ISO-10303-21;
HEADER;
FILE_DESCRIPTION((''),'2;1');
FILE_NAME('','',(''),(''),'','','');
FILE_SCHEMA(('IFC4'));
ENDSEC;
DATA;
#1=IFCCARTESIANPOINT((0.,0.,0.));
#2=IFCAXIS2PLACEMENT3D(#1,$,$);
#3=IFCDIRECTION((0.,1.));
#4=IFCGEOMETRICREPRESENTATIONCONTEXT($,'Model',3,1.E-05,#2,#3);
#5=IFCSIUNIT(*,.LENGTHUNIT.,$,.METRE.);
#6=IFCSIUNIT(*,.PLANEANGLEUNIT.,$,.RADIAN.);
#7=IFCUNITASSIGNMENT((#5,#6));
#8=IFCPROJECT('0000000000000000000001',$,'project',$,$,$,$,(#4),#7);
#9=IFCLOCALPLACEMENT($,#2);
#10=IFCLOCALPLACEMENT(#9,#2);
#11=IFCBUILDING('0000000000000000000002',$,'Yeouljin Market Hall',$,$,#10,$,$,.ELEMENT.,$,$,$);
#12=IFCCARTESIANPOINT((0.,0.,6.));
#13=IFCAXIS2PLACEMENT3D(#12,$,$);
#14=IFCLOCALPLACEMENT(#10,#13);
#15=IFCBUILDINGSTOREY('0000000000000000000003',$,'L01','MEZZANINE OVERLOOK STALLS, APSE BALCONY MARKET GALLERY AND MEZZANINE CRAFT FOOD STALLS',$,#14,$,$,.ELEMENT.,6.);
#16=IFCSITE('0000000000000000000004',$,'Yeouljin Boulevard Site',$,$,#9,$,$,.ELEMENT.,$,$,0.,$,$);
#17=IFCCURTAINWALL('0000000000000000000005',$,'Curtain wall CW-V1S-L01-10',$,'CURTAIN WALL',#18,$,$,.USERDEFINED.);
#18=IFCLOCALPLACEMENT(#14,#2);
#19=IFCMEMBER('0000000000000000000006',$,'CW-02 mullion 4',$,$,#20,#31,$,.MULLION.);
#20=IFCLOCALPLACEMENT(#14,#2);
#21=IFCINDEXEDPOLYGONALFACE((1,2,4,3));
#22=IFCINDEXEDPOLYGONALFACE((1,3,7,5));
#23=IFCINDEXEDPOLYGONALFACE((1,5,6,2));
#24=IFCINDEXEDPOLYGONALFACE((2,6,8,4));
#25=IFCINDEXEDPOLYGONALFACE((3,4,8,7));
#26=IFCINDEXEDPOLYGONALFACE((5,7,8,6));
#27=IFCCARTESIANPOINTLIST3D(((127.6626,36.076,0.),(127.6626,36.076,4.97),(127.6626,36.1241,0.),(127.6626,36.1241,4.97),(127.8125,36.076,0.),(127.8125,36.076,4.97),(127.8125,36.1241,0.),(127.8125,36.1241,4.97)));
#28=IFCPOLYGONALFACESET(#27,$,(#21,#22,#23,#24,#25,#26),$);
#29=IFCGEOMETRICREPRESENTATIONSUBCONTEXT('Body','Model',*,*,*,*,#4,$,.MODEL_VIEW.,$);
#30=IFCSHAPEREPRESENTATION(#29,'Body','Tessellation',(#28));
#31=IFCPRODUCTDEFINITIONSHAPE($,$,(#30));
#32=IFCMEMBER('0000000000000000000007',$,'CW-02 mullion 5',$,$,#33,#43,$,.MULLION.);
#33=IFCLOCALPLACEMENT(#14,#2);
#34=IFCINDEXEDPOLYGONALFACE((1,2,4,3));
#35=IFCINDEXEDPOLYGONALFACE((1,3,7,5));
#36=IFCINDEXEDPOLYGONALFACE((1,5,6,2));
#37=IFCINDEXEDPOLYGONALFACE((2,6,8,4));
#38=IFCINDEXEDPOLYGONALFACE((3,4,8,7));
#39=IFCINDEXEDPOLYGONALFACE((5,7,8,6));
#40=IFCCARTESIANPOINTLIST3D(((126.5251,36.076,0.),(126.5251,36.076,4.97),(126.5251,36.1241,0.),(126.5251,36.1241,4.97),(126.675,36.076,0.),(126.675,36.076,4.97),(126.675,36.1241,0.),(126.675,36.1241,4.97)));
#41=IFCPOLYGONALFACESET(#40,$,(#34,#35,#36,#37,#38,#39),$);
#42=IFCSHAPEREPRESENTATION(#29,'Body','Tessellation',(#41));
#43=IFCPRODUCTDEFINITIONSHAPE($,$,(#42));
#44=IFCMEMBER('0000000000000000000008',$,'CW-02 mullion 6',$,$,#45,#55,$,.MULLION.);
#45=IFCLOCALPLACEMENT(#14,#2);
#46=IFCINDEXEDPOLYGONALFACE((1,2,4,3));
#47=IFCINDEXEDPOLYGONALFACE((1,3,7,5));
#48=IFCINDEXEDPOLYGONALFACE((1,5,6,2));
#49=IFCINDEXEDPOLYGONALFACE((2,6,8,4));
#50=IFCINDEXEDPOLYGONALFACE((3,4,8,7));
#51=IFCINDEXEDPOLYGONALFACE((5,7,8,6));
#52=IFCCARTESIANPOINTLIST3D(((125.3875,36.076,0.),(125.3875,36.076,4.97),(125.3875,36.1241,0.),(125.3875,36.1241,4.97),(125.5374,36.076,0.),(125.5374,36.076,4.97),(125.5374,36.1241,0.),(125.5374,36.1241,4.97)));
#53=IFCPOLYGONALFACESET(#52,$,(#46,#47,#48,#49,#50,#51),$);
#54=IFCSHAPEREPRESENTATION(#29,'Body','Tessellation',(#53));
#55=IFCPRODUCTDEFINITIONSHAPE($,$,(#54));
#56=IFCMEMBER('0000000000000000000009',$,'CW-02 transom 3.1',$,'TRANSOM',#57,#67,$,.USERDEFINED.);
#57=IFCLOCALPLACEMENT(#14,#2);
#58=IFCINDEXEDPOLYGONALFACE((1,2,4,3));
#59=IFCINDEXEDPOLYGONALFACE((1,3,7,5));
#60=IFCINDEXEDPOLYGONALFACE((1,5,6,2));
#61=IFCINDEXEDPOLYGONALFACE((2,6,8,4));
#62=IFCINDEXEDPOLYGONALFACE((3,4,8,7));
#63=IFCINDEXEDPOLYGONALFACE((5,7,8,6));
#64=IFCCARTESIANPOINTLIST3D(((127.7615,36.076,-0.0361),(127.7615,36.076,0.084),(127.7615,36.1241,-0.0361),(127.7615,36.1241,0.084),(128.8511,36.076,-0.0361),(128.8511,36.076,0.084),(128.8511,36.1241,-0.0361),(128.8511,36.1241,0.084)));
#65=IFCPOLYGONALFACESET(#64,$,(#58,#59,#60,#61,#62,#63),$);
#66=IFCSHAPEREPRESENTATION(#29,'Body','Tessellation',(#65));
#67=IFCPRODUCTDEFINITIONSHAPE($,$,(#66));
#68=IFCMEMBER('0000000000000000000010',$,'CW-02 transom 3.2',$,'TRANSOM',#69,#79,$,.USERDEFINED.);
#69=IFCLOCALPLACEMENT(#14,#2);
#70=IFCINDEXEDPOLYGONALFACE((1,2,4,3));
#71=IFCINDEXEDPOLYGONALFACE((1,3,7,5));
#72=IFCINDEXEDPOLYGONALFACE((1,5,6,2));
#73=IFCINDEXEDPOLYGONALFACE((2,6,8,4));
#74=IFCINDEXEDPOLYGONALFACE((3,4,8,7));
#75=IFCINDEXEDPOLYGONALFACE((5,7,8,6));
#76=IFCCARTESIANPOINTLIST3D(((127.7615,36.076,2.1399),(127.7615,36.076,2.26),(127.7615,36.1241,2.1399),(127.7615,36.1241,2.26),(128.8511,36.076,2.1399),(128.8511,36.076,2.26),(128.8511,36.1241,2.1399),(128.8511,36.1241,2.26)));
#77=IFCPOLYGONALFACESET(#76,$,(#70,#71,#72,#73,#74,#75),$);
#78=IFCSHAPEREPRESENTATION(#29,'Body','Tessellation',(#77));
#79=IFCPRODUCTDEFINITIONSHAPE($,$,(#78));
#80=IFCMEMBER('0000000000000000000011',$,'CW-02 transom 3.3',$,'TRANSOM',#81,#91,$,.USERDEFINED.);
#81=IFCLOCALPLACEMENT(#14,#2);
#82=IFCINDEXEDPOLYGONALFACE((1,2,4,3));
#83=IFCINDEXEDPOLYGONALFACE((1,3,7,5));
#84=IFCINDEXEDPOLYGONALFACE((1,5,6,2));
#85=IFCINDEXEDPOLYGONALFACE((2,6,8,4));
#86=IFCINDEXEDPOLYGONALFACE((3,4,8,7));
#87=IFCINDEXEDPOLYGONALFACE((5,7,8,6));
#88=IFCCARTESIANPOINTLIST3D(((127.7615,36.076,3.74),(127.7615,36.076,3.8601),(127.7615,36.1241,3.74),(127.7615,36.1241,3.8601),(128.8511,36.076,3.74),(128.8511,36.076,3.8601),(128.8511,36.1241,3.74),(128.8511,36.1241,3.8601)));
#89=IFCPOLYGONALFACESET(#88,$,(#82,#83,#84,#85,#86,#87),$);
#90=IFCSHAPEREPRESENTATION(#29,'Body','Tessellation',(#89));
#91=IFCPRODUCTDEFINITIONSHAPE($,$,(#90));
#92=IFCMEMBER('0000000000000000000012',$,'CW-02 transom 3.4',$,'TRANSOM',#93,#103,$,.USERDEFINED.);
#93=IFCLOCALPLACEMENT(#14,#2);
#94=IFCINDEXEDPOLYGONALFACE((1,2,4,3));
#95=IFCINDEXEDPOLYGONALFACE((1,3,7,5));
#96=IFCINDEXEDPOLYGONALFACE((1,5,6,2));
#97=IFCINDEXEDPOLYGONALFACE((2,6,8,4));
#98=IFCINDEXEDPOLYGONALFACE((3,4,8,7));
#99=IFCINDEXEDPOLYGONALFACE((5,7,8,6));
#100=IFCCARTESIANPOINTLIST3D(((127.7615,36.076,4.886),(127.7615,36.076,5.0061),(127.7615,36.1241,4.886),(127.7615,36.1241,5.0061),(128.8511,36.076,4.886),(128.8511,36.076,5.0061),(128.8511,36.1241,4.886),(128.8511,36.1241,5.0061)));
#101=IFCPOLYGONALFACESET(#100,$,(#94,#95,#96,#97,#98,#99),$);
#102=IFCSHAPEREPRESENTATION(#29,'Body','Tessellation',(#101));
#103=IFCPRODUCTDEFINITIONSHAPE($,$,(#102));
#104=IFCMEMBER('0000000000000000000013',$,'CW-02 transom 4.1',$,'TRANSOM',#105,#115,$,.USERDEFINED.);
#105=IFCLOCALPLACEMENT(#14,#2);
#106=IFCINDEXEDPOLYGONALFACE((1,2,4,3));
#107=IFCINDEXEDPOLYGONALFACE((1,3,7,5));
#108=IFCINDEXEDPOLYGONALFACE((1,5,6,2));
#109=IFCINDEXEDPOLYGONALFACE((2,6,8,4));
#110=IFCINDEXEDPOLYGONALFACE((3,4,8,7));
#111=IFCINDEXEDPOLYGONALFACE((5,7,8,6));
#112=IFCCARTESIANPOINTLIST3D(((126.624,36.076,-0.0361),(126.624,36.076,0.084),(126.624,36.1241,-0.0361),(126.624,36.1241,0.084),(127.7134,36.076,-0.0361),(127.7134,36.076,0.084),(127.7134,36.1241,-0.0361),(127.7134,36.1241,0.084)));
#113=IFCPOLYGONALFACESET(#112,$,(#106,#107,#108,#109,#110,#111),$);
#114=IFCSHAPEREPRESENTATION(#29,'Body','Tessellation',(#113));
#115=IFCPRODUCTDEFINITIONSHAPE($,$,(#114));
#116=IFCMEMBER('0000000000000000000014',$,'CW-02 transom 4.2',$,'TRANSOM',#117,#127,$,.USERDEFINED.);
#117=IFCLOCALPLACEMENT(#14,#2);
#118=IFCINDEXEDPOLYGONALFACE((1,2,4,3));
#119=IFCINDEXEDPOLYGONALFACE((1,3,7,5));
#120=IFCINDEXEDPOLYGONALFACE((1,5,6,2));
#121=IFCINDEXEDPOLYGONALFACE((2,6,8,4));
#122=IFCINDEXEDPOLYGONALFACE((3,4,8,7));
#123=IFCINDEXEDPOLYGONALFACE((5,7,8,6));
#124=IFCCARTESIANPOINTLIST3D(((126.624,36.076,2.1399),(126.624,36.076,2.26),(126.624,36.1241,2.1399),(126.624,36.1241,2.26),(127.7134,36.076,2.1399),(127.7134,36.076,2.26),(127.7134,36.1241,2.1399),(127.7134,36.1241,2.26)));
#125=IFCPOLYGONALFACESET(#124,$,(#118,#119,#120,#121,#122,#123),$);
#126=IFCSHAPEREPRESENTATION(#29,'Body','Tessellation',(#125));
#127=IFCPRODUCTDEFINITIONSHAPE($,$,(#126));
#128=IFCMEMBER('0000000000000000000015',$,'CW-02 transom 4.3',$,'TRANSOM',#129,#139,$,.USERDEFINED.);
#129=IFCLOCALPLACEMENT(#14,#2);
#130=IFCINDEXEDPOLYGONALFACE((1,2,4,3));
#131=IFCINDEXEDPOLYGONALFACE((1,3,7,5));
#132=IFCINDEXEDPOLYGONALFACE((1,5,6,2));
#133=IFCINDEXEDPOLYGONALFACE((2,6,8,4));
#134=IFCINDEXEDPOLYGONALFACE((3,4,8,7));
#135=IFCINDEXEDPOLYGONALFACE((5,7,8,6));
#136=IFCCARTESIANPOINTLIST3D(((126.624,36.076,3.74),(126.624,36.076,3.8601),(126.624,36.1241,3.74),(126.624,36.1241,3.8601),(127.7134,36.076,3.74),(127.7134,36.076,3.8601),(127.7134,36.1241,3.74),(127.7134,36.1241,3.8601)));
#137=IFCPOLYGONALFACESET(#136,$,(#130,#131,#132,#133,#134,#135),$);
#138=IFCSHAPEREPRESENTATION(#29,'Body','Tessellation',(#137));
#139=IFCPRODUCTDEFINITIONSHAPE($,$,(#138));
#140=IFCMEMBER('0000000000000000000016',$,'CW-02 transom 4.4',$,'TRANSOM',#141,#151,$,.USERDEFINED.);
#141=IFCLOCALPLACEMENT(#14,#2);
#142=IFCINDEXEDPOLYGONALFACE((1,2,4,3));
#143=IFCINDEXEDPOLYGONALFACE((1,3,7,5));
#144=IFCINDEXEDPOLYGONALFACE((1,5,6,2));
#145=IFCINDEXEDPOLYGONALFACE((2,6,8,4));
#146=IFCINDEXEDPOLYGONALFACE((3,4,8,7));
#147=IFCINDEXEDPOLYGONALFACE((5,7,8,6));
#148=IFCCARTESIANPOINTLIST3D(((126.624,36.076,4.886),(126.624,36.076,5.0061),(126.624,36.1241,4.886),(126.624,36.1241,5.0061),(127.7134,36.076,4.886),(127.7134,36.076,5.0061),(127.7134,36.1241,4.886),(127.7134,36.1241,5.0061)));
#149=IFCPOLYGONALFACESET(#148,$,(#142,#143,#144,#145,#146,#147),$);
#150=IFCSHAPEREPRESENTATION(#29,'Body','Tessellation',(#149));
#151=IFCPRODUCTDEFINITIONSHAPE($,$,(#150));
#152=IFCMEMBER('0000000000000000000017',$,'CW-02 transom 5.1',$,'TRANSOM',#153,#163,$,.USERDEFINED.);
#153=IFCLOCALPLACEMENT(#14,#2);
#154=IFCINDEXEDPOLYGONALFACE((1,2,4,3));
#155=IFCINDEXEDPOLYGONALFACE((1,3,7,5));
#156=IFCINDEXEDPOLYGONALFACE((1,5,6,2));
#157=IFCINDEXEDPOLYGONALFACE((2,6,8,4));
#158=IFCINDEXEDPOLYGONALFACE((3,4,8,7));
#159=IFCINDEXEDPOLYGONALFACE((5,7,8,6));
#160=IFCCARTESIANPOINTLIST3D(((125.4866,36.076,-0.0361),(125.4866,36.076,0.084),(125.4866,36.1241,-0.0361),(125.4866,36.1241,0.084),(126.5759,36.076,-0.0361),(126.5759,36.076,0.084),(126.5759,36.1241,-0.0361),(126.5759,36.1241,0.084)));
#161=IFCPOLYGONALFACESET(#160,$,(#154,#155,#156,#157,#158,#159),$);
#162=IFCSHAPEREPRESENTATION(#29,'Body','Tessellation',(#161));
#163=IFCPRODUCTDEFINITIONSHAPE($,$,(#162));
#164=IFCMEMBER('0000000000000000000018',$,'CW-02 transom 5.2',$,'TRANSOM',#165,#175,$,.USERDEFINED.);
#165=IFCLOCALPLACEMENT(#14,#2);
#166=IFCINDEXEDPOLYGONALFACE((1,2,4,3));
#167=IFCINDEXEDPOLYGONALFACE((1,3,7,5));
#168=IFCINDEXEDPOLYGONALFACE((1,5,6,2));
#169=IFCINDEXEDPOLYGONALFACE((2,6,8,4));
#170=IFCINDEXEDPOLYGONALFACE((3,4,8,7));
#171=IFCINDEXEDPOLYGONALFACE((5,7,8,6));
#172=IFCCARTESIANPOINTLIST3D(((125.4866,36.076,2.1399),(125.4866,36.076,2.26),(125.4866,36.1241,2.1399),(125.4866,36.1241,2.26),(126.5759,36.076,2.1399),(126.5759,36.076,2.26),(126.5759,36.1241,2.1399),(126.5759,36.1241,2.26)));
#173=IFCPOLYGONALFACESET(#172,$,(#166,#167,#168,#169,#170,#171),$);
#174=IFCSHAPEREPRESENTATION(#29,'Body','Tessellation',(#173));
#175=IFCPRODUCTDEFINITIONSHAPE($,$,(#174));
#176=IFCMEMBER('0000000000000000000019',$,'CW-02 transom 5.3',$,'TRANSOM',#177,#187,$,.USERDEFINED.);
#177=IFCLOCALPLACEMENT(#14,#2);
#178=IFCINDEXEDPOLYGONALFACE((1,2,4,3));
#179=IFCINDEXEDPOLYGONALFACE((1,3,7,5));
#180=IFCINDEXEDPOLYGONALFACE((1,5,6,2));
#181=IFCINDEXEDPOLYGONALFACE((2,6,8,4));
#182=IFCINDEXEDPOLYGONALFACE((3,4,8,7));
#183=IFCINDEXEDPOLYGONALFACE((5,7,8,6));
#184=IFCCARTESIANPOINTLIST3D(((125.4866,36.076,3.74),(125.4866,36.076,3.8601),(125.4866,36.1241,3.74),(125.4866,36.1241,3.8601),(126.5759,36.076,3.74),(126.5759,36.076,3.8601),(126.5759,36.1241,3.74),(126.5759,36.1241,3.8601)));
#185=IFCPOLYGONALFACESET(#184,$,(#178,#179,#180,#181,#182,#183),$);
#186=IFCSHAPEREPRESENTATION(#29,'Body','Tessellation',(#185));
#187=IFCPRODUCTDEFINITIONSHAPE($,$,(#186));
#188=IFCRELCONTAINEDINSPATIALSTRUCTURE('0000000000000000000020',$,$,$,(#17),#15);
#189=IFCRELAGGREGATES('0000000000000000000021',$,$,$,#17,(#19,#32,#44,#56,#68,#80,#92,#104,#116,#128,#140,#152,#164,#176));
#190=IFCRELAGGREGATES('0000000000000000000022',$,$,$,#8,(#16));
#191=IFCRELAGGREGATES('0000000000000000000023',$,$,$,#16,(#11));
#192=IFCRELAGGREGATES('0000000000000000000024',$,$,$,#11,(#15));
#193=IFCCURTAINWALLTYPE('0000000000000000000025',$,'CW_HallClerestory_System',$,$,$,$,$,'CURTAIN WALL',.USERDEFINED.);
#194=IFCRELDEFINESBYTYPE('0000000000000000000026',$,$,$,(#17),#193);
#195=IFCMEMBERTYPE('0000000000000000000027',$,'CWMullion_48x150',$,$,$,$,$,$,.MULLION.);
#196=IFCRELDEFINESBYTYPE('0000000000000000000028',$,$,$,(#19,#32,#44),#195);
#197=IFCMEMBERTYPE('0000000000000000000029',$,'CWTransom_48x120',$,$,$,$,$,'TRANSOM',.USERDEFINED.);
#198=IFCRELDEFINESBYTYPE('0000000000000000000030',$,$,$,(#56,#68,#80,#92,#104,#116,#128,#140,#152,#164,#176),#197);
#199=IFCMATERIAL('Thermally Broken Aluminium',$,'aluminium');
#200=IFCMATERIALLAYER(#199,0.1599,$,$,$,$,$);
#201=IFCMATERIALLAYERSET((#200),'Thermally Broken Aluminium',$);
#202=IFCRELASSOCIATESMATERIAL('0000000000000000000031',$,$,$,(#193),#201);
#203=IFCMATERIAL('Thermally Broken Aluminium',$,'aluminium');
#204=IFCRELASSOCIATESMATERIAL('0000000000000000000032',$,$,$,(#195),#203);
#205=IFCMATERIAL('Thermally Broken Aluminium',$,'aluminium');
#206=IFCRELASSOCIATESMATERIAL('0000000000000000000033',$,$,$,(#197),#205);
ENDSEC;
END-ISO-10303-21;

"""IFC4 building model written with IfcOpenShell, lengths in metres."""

from ifc_helpers import new_model, si_unit, direction, frame, origin, origin_2d, place, context, subcontext, project, spatial, rectangle, extrude, material, layer, layer_set, material_profile, profile_set, type_object, element, aggregate, save


model = new_model("IFC4")

# Units and contexts
model_context = context("Model", 3, precision=1e-05, world=origin(), true_north=direction((0.0, 1.0)))
body_context = subcontext(model_context, "Body", "Model", "MODEL_VIEW")
ifc_project = project(units=[si_unit("LENGTHUNIT", "METRE"), si_unit("PLANEANGLEUNIT", "RADIAN")], contexts=[model_context])

# Site, building, storey
site_placement = place(None, origin())
site = spatial("IfcSite", under=ifc_project, at=site_placement, Name="Yeouljin Boulevard Site", CompositionType="ELEMENT", RefElevation=0.0)
building_placement = place(site_placement, origin())
building = spatial("IfcBuilding", under=site, at=building_placement, Name="Yeouljin Market Hall", CompositionType="ELEMENT")
storey_placement = place(building_placement, frame((0.0, 0.0, 6.0)))
storey = spatial("IfcBuildingStorey", under=building, at=storey_placement, Name="L01", Description="MEZZANINE OVERLOOK STALLS, APSE BALCONY MARKET GALLERY AND MEZZANINE CRAFT FOOD STALLS", CompositionType="ELEMENT", Elevation=6.0)

# Curtain wall, members
ifc_material_1 = material(Name="Thermally Broken Aluminium", Category="aluminium")
ifc_layer_1 = layer(ifc_material_1, 0.1599)
ifc_layer_set_1 = layer_set([ifc_layer_1], Name="Thermally Broken Aluminium")
curtain_wall_type = type_object("IfcCurtainWallType", Name="CW_HallClerestory_System", ElementType="CURTAIN WALL", PredefinedType="USERDEFINED", material=ifc_layer_set_1)
curtain_wall_placement = place(storey_placement, origin())
curtain_wall = element("IfcCurtainWall", 1, at=curtain_wall_placement, inside=storey, type_object=curtain_wall_type, Name="Curtain wall CW-V1S-L01-10", ObjectType="CURTAIN WALL", PredefinedType="USERDEFINED")
ifc_material_2 = material(Name="Thermally Broken Aluminium", Category="aluminium")
ifc_material_profile_1 = material_profile(ifc_material_2, rectangle(XDim=0.0481, YDim=0.1499, at=origin_2d()), Name="CW-MULL-48x150")
ifc_profile_set_1 = profile_set([ifc_material_profile_1], Name="Thermally Broken Aluminium")
member_type_1 = type_object("IfcMemberType", Name="CWMullion_48x150", PredefinedType="MULLION", material=ifc_profile_set_1)
member_1_placement = place(storey_placement, frame((127.7375, 36.1001, 0.0), z_axis=(0.0, 0.0, 1.0), x_axis=(0.0, -1.0, 0.0)))
member_1 = element("IfcMember", 2, at=member_1_placement, type_object=member_type_1, Name="CW-02 mullion 4", PredefinedType="MULLION", context=body_context, shape_type="SweptSolid", body=[
    extrude(rectangle(XDim=0.0481, YDim=0.1499, at=origin_2d()), origin(), (0.0, 0.0, 1.0), 4.97),
])
member_2_placement = place(storey_placement, frame((126.6001, 36.1001, 0.0), z_axis=(0.0, 0.0, 1.0), x_axis=(0.0, -1.0, 0.0)))
member_2 = element("IfcMember", 3, at=member_2_placement, type_object=member_type_1, Name="CW-02 mullion 5", PredefinedType="MULLION", context=body_context, shape_type="SweptSolid", body=[
    extrude(rectangle(XDim=0.0481, YDim=0.1499, at=origin_2d()), origin(), (0.0, 0.0, 1.0), 4.97),
])
member_3_placement = place(storey_placement, frame((125.4624, 36.1001, 0.0), z_axis=(0.0, 0.0, 1.0), x_axis=(0.0, -1.0, 0.0)))
member_3 = element("IfcMember", 4, at=member_3_placement, type_object=member_type_1, Name="CW-02 mullion 6", PredefinedType="MULLION", context=body_context, shape_type="SweptSolid", body=[
    extrude(rectangle(XDim=0.0481, YDim=0.1499, at=origin_2d()), origin(), (0.0, 0.0, 1.0), 4.97),
])
ifc_material_3 = material(Name="Thermally Broken Aluminium", Category="aluminium")
ifc_material_profile_2 = material_profile(ifc_material_3, rectangle(XDim=0.0481, YDim=0.1201, at=origin_2d()), Name="CW-TRAN-48x120")
ifc_profile_set_2 = profile_set([ifc_material_profile_2], Name="Thermally Broken Aluminium")
member_type_2 = type_object("IfcMemberType", Name="CWTransom_48x120", ElementType="TRANSOM", PredefinedType="USERDEFINED", material=ifc_profile_set_2)
member_4_placement = place(storey_placement, frame((128.8511, 36.1001, 0.0239), z_axis=(-1.0, 0.0, 0.0), x_axis=(0.0, -1.0, 0.0)))
member_4 = element("IfcMember", 5, at=member_4_placement, type_object=member_type_2, Name="CW-02 transom 3.1", ObjectType="TRANSOM", PredefinedType="USERDEFINED", context=body_context, shape_type="SweptSolid", body=[
    extrude(rectangle(XDim=0.0481, YDim=0.1201, at=origin_2d()), origin(), (0.0, 0.0, 1.0), 1.0896),
])
member_5_placement = place(storey_placement, frame((128.8511, 36.1001, 2.2), z_axis=(-1.0, 0.0, 0.0), x_axis=(0.0, -1.0, 0.0)))
member_5 = element("IfcMember", 6, at=member_5_placement, type_object=member_type_2, Name="CW-02 transom 3.2", ObjectType="TRANSOM", PredefinedType="USERDEFINED", context=body_context, shape_type="SweptSolid", body=[
    extrude(rectangle(XDim=0.0481, YDim=0.1201, at=origin_2d()), origin(), (0.0, 0.0, 1.0), 1.0896),
])
member_6_placement = place(storey_placement, frame((128.8511, 36.1001, 3.8), z_axis=(-1.0, 0.0, 0.0), x_axis=(0.0, -1.0, 0.0)))
member_6 = element("IfcMember", 7, at=member_6_placement, type_object=member_type_2, Name="CW-02 transom 3.3", ObjectType="TRANSOM", PredefinedType="USERDEFINED", context=body_context, shape_type="SweptSolid", body=[
    extrude(rectangle(XDim=0.0481, YDim=0.1201, at=origin_2d()), origin(), (0.0, 0.0, 1.0), 1.0896),
])
member_7_placement = place(storey_placement, frame((128.8511, 36.1001, 4.946), z_axis=(-1.0, 0.0, 0.0), x_axis=(0.0, -1.0, 0.0)))
member_7 = element("IfcMember", 8, at=member_7_placement, type_object=member_type_2, Name="CW-02 transom 3.4", ObjectType="TRANSOM", PredefinedType="USERDEFINED", context=body_context, shape_type="SweptSolid", body=[
    extrude(rectangle(XDim=0.0481, YDim=0.1201, at=origin_2d()), origin(), (0.0, 0.0, 1.0), 1.0896),
])
member_8_placement = place(storey_placement, frame((127.7134, 36.1001, 0.0239), z_axis=(-1.0, 0.0, 0.0), x_axis=(0.0, -1.0, 0.0)))
member_8 = element("IfcMember", 9, at=member_8_placement, type_object=member_type_2, Name="CW-02 transom 4.1", ObjectType="TRANSOM", PredefinedType="USERDEFINED", context=body_context, shape_type="SweptSolid", body=[
    extrude(rectangle(XDim=0.0481, YDim=0.1201, at=origin_2d()), origin(), (0.0, 0.0, 1.0), 1.0894),
])
member_9_placement = place(storey_placement, frame((127.7134, 36.1001, 2.2), z_axis=(-1.0, 0.0, 0.0), x_axis=(0.0, -1.0, 0.0)))
member_9 = element("IfcMember", 10, at=member_9_placement, type_object=member_type_2, Name="CW-02 transom 4.2", ObjectType="TRANSOM", PredefinedType="USERDEFINED", context=body_context, shape_type="SweptSolid", body=[
    extrude(rectangle(XDim=0.0481, YDim=0.1201, at=origin_2d()), origin(), (0.0, 0.0, 1.0), 1.0894),
])
member_10_placement = place(storey_placement, frame((127.7134, 36.1001, 3.8), z_axis=(-1.0, 0.0, 0.0), x_axis=(0.0, -1.0, 0.0)))
member_10 = element("IfcMember", 11, at=member_10_placement, type_object=member_type_2, Name="CW-02 transom 4.3", ObjectType="TRANSOM", PredefinedType="USERDEFINED", context=body_context, shape_type="SweptSolid", body=[
    extrude(rectangle(XDim=0.0481, YDim=0.1201, at=origin_2d()), origin(), (0.0, 0.0, 1.0), 1.0894),
])
member_11_placement = place(storey_placement, frame((127.7134, 36.1001, 4.946), z_axis=(-1.0, 0.0, 0.0), x_axis=(0.0, -1.0, 0.0)))
member_11 = element("IfcMember", 12, at=member_11_placement, type_object=member_type_2, Name="CW-02 transom 4.4", ObjectType="TRANSOM", PredefinedType="USERDEFINED", context=body_context, shape_type="SweptSolid", body=[
    extrude(rectangle(XDim=0.0481, YDim=0.1201, at=origin_2d()), origin(), (0.0, 0.0, 1.0), 1.0894),
])
member_12_placement = place(storey_placement, frame((126.5759, 36.1001, 0.0239), z_axis=(-1.0, 0.0, 0.0), x_axis=(0.0, -1.0, 0.0)))
member_12 = element("IfcMember", 13, at=member_12_placement, type_object=member_type_2, Name="CW-02 transom 5.1", ObjectType="TRANSOM", PredefinedType="USERDEFINED", context=body_context, shape_type="SweptSolid", body=[
    extrude(rectangle(XDim=0.0481, YDim=0.1201, at=origin_2d()), origin(), (0.0, 0.0, 1.0), 1.0894),
])
member_13_placement = place(storey_placement, frame((126.5759, 36.1001, 2.2), z_axis=(-1.0, 0.0, 0.0), x_axis=(0.0, -1.0, 0.0)))
member_13 = element("IfcMember", 14, at=member_13_placement, type_object=member_type_2, Name="CW-02 transom 5.2", ObjectType="TRANSOM", PredefinedType="USERDEFINED", context=body_context, shape_type="SweptSolid", body=[
    extrude(rectangle(XDim=0.0481, YDim=0.1201, at=origin_2d()), origin(), (0.0, 0.0, 1.0), 1.0894),
])
member_14_placement = place(storey_placement, frame((126.5759, 36.1001, 3.8), z_axis=(-1.0, 0.0, 0.0), x_axis=(0.0, -1.0, 0.0)))
member_14 = element("IfcMember", 15, at=member_14_placement, type_object=member_type_2, Name="CW-02 transom 5.3", ObjectType="TRANSOM", PredefinedType="USERDEFINED", context=body_context, shape_type="SweptSolid", body=[
    extrude(rectangle(XDim=0.0481, YDim=0.1201, at=origin_2d()), origin(), (0.0, 0.0, 1.0), 1.0894),
])

aggregate(curtain_wall, [member_1, member_2, member_3, member_4, member_5, member_6, member_7, member_8, member_9, member_10, member_11, member_12, member_13, member_14])

save(model, "model.ifc")
